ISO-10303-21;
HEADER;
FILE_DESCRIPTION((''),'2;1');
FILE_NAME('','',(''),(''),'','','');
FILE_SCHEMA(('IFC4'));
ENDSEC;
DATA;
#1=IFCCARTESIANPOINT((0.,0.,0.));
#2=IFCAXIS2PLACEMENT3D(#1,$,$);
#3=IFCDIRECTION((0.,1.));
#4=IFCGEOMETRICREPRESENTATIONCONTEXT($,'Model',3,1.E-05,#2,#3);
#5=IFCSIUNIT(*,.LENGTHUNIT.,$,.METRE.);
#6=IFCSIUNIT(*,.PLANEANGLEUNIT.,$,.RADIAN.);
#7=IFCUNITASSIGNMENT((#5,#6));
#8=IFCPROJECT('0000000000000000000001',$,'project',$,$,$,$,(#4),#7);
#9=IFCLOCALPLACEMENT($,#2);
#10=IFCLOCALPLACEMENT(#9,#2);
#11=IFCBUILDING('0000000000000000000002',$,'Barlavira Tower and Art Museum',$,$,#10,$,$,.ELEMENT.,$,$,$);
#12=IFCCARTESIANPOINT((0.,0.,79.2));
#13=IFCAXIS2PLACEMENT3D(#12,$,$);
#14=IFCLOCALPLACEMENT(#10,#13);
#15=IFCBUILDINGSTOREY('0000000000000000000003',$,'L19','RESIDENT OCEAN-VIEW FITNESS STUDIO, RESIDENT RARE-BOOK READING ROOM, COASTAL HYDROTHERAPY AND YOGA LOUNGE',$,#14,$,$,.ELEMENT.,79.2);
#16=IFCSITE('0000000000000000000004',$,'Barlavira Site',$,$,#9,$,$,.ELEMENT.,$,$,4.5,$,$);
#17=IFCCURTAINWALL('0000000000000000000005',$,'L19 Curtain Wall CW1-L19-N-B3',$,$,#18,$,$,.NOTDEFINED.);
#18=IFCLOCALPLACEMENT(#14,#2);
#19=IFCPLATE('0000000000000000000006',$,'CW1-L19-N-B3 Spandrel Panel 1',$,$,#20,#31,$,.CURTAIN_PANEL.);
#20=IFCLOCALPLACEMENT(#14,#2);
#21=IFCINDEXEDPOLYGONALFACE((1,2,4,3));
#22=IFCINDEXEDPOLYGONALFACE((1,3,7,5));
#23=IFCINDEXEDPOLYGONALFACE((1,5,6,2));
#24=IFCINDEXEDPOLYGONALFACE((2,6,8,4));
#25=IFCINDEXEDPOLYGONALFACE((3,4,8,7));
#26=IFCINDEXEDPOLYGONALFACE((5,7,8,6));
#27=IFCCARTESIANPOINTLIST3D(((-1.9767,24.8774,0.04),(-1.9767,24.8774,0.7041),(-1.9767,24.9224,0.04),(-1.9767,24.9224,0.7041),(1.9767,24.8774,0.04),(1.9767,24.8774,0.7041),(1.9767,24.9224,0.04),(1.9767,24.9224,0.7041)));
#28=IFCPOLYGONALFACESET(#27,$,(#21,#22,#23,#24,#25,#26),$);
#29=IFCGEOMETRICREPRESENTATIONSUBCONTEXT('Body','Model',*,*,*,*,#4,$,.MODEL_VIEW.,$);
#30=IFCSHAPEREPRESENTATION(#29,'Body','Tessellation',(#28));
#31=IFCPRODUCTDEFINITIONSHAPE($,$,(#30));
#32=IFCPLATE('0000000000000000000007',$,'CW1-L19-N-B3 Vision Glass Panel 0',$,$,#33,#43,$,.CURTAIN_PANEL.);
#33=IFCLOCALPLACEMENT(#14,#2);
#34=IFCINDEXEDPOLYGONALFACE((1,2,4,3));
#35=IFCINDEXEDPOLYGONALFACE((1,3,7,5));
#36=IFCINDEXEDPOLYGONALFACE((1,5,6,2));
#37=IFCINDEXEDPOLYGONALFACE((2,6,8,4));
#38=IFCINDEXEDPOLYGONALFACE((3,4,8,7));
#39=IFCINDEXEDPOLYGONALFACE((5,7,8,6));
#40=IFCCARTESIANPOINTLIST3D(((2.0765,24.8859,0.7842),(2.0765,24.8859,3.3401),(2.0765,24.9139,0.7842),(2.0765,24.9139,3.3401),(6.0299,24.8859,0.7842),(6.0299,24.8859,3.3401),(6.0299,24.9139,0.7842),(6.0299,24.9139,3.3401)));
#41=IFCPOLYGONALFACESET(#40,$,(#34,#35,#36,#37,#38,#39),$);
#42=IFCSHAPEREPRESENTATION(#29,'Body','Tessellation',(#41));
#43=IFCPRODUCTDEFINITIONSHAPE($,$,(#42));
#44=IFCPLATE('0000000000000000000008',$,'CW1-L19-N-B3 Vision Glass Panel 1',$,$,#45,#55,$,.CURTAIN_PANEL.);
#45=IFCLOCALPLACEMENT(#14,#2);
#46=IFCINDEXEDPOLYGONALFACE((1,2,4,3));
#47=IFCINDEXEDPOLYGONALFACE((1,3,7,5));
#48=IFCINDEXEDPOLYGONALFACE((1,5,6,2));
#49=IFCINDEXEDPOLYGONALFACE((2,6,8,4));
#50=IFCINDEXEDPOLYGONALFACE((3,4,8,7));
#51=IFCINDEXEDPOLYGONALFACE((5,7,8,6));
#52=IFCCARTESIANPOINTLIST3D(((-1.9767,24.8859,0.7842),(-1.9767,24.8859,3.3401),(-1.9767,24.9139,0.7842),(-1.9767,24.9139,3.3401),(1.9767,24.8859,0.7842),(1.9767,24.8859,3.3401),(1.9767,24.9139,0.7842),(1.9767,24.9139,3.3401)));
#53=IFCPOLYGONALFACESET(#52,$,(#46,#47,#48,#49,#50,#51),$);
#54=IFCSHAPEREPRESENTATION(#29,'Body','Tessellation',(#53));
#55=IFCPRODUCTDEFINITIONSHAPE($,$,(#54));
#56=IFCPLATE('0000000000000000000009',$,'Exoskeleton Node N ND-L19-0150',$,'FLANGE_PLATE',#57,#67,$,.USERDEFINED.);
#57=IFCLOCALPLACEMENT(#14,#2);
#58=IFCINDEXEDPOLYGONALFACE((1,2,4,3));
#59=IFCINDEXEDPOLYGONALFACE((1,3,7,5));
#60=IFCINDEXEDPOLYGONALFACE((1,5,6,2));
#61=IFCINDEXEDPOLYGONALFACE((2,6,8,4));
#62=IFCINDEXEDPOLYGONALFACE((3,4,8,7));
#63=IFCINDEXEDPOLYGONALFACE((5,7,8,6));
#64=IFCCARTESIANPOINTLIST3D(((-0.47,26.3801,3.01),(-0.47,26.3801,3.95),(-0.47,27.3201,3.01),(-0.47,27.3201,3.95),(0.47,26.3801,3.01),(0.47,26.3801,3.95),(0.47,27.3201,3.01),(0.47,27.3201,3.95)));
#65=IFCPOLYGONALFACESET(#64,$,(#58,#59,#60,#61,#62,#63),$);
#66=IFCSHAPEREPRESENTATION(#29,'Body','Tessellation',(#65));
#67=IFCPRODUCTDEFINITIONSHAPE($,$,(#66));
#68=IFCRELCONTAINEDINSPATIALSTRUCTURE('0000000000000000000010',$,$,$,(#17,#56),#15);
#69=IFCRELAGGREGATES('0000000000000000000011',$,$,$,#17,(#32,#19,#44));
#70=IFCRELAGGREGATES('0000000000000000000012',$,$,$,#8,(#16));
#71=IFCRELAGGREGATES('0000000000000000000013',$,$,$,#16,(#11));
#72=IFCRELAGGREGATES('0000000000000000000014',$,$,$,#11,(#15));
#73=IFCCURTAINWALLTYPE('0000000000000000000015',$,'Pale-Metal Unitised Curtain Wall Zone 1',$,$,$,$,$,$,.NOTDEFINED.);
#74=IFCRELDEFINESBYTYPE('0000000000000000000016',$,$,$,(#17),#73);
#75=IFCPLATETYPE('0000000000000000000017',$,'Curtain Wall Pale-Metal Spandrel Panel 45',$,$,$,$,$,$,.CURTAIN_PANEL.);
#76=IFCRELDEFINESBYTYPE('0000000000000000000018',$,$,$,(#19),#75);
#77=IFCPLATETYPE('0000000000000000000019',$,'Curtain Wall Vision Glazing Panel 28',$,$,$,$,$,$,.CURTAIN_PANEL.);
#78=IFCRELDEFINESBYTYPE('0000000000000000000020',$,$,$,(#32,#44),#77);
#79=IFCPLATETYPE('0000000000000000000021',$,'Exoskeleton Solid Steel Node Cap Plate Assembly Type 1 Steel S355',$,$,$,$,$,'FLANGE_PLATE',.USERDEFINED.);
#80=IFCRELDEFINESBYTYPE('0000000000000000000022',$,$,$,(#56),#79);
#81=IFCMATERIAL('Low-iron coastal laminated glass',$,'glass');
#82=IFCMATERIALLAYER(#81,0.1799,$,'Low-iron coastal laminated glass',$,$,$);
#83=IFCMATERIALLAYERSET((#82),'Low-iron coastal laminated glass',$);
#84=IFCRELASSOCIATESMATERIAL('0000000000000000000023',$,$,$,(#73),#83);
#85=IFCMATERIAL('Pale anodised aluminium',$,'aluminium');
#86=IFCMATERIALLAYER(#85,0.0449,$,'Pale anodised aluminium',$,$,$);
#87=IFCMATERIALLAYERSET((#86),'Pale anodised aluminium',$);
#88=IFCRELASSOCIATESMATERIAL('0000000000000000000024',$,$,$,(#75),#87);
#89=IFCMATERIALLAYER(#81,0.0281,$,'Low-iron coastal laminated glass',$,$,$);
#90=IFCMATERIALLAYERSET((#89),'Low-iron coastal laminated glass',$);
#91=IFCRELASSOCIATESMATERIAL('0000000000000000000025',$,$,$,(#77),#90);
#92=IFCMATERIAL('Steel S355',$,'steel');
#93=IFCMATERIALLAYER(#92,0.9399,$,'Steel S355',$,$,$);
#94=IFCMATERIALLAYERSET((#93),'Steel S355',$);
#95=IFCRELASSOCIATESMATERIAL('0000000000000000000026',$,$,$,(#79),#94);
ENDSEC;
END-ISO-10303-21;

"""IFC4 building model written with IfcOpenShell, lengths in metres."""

from ifc_helpers import new_model, si_unit, direction, frame, origin, origin_2d, place, context, subcontext, project, spatial, rectangle, extrude, material, layer, layer_set, type_object, element, aggregate, save


model = new_model("IFC4")

# Units and contexts
model_context = context("Model", 3, precision=1e-05, world=origin(), true_north=direction((0.0, 1.0)))
body_context = subcontext(model_context, "Body", "Model", "MODEL_VIEW")
ifc_project = project(units=[si_unit("LENGTHUNIT", "METRE"), si_unit("PLANEANGLEUNIT", "RADIAN")], contexts=[model_context])

# Site, building, storey
site_placement = place(None, origin())
site = spatial("IfcSite", under=ifc_project, at=site_placement, Name="Barlavira Site", CompositionType="ELEMENT", RefElevation=4.5)
building_placement = place(site_placement, origin())
building = spatial("IfcBuilding", under=site, at=building_placement, Name="Barlavira Tower and Art Museum", CompositionType="ELEMENT")
storey_placement = place(building_placement, frame((0.0, 0.0, 79.2)))
storey = spatial("IfcBuildingStorey", under=building, at=storey_placement, Name="L19", Description="RESIDENT OCEAN-VIEW FITNESS STUDIO, RESIDENT RARE-BOOK READING ROOM, COASTAL HYDROTHERAPY AND YOGA LOUNGE", CompositionType="ELEMENT", Elevation=79.2)

# Curtain wall
ifc_material_1 = material(Name="Low-iron coastal laminated glass", Category="glass")
ifc_layer_1 = layer(ifc_material_1, 0.1799, Name="Low-iron coastal laminated glass")
ifc_layer_set_1 = layer_set([ifc_layer_1], Name="Low-iron coastal laminated glass")
curtain_wall_type = type_object("IfcCurtainWallType", Name="Pale-Metal Unitised Curtain Wall Zone 1", PredefinedType="NOTDEFINED", material=ifc_layer_set_1)
curtain_wall_placement = place(storey_placement, origin())
curtain_wall = element("IfcCurtainWall", 1, at=curtain_wall_placement, inside=storey, type_object=curtain_wall_type, Name="L19 Curtain Wall CW1-L19-N-B3", PredefinedType="NOTDEFINED")
ifc_material_2 = material(Name="Pale anodised aluminium", Category="aluminium")

# Shared definitions
ifc_material_3 = material(Name="Steel S355", Category="steel")

# Plates
ifc_layer_2 = layer(ifc_material_2, 0.0449, Name="Pale anodised aluminium")
ifc_layer_set_2 = layer_set([ifc_layer_2], Name="Pale anodised aluminium")
plate_type_1 = type_object("IfcPlateType", Name="Curtain Wall Pale-Metal Spandrel Panel 45", PredefinedType="CURTAIN_PANEL", material=ifc_layer_set_2)
plate_1_placement = place(storey_placement, frame((0.0, 24.8999, 0.04), z_axis=(0.0, 0.0, 1.0), x_axis=(-1.0, 0.0, 0.0)))
plate_1 = element("IfcPlate", 2, at=plate_1_placement, type_object=plate_type_1, Name="CW1-L19-N-B3 Spandrel Panel 1", PredefinedType="CURTAIN_PANEL", context=body_context, shape_type="SweptSolid", body=[
    extrude(rectangle(XDim=3.9534, YDim=0.0449, at=origin_2d()), origin(), (0.0, 0.0, 1.0), 0.6641),
])
ifc_layer_3 = layer(ifc_material_1, 0.0281, Name="Low-iron coastal laminated glass")
ifc_layer_set_3 = layer_set([ifc_layer_3], Name="Low-iron coastal laminated glass")
plate_type_2 = type_object("IfcPlateType", Name="Curtain Wall Vision Glazing Panel 28", PredefinedType="CURTAIN_PANEL", material=ifc_layer_set_3)
plate_2_placement = place(storey_placement, frame((4.0532, 24.8999, 0.7842), z_axis=(0.0, 0.0, 1.0), x_axis=(-1.0, 0.0, 0.0)))
plate_2 = element("IfcPlate", 3, at=plate_2_placement, type_object=plate_type_2, Name="CW1-L19-N-B3 Vision Glass Panel 0", PredefinedType="CURTAIN_PANEL", context=body_context, shape_type="SweptSolid", body=[
    extrude(rectangle(XDim=3.9534, YDim=0.0281, at=origin_2d()), origin(), (0.0, 0.0, 1.0), 2.5559),
])
plate_3_placement = place(storey_placement, frame((0.0, 24.8999, 0.7842), z_axis=(0.0, 0.0, 1.0), x_axis=(-1.0, 0.0, 0.0)))
plate_3 = element("IfcPlate", 4, at=plate_3_placement, type_object=plate_type_2, Name="CW1-L19-N-B3 Vision Glass Panel 1", PredefinedType="CURTAIN_PANEL", context=body_context, shape_type="SweptSolid", body=[
    extrude(rectangle(XDim=3.9534, YDim=0.0281, at=origin_2d()), origin(), (0.0, 0.0, 1.0), 2.5559),
])
aggregate(curtain_wall, [plate_2, plate_1, plate_3])
ifc_layer_4 = layer(ifc_material_3, 0.9399, Name="Steel S355")
ifc_layer_set_4 = layer_set([ifc_layer_4], Name="Steel S355")
plate_type_3 = type_object("IfcPlateType", Name="Exoskeleton Solid Steel Node Cap Plate Assembly Type 1 Steel S355", ElementType="FLANGE_PLATE", PredefinedType="USERDEFINED", material=ifc_layer_set_4)
plate_4_placement = place(storey_placement, frame((0.0, 26.8501, 3.01), z_axis=(0.0, 0.0, 1.0), x_axis=(1.0, 0.0, 0.0)))
element("IfcPlate", 5, at=plate_4_placement, inside=storey, type_object=plate_type_3, Name="Exoskeleton Node N ND-L19-0150", ObjectType="FLANGE_PLATE", PredefinedType="USERDEFINED", context=body_context, shape_type="SweptSolid", body=[
    extrude(rectangle(XDim=0.9399, YDim=0.9399, at=origin_2d()), origin(), (0.0, 0.0, 1.0), 0.9399),
])

save(model, "model.ifc")
